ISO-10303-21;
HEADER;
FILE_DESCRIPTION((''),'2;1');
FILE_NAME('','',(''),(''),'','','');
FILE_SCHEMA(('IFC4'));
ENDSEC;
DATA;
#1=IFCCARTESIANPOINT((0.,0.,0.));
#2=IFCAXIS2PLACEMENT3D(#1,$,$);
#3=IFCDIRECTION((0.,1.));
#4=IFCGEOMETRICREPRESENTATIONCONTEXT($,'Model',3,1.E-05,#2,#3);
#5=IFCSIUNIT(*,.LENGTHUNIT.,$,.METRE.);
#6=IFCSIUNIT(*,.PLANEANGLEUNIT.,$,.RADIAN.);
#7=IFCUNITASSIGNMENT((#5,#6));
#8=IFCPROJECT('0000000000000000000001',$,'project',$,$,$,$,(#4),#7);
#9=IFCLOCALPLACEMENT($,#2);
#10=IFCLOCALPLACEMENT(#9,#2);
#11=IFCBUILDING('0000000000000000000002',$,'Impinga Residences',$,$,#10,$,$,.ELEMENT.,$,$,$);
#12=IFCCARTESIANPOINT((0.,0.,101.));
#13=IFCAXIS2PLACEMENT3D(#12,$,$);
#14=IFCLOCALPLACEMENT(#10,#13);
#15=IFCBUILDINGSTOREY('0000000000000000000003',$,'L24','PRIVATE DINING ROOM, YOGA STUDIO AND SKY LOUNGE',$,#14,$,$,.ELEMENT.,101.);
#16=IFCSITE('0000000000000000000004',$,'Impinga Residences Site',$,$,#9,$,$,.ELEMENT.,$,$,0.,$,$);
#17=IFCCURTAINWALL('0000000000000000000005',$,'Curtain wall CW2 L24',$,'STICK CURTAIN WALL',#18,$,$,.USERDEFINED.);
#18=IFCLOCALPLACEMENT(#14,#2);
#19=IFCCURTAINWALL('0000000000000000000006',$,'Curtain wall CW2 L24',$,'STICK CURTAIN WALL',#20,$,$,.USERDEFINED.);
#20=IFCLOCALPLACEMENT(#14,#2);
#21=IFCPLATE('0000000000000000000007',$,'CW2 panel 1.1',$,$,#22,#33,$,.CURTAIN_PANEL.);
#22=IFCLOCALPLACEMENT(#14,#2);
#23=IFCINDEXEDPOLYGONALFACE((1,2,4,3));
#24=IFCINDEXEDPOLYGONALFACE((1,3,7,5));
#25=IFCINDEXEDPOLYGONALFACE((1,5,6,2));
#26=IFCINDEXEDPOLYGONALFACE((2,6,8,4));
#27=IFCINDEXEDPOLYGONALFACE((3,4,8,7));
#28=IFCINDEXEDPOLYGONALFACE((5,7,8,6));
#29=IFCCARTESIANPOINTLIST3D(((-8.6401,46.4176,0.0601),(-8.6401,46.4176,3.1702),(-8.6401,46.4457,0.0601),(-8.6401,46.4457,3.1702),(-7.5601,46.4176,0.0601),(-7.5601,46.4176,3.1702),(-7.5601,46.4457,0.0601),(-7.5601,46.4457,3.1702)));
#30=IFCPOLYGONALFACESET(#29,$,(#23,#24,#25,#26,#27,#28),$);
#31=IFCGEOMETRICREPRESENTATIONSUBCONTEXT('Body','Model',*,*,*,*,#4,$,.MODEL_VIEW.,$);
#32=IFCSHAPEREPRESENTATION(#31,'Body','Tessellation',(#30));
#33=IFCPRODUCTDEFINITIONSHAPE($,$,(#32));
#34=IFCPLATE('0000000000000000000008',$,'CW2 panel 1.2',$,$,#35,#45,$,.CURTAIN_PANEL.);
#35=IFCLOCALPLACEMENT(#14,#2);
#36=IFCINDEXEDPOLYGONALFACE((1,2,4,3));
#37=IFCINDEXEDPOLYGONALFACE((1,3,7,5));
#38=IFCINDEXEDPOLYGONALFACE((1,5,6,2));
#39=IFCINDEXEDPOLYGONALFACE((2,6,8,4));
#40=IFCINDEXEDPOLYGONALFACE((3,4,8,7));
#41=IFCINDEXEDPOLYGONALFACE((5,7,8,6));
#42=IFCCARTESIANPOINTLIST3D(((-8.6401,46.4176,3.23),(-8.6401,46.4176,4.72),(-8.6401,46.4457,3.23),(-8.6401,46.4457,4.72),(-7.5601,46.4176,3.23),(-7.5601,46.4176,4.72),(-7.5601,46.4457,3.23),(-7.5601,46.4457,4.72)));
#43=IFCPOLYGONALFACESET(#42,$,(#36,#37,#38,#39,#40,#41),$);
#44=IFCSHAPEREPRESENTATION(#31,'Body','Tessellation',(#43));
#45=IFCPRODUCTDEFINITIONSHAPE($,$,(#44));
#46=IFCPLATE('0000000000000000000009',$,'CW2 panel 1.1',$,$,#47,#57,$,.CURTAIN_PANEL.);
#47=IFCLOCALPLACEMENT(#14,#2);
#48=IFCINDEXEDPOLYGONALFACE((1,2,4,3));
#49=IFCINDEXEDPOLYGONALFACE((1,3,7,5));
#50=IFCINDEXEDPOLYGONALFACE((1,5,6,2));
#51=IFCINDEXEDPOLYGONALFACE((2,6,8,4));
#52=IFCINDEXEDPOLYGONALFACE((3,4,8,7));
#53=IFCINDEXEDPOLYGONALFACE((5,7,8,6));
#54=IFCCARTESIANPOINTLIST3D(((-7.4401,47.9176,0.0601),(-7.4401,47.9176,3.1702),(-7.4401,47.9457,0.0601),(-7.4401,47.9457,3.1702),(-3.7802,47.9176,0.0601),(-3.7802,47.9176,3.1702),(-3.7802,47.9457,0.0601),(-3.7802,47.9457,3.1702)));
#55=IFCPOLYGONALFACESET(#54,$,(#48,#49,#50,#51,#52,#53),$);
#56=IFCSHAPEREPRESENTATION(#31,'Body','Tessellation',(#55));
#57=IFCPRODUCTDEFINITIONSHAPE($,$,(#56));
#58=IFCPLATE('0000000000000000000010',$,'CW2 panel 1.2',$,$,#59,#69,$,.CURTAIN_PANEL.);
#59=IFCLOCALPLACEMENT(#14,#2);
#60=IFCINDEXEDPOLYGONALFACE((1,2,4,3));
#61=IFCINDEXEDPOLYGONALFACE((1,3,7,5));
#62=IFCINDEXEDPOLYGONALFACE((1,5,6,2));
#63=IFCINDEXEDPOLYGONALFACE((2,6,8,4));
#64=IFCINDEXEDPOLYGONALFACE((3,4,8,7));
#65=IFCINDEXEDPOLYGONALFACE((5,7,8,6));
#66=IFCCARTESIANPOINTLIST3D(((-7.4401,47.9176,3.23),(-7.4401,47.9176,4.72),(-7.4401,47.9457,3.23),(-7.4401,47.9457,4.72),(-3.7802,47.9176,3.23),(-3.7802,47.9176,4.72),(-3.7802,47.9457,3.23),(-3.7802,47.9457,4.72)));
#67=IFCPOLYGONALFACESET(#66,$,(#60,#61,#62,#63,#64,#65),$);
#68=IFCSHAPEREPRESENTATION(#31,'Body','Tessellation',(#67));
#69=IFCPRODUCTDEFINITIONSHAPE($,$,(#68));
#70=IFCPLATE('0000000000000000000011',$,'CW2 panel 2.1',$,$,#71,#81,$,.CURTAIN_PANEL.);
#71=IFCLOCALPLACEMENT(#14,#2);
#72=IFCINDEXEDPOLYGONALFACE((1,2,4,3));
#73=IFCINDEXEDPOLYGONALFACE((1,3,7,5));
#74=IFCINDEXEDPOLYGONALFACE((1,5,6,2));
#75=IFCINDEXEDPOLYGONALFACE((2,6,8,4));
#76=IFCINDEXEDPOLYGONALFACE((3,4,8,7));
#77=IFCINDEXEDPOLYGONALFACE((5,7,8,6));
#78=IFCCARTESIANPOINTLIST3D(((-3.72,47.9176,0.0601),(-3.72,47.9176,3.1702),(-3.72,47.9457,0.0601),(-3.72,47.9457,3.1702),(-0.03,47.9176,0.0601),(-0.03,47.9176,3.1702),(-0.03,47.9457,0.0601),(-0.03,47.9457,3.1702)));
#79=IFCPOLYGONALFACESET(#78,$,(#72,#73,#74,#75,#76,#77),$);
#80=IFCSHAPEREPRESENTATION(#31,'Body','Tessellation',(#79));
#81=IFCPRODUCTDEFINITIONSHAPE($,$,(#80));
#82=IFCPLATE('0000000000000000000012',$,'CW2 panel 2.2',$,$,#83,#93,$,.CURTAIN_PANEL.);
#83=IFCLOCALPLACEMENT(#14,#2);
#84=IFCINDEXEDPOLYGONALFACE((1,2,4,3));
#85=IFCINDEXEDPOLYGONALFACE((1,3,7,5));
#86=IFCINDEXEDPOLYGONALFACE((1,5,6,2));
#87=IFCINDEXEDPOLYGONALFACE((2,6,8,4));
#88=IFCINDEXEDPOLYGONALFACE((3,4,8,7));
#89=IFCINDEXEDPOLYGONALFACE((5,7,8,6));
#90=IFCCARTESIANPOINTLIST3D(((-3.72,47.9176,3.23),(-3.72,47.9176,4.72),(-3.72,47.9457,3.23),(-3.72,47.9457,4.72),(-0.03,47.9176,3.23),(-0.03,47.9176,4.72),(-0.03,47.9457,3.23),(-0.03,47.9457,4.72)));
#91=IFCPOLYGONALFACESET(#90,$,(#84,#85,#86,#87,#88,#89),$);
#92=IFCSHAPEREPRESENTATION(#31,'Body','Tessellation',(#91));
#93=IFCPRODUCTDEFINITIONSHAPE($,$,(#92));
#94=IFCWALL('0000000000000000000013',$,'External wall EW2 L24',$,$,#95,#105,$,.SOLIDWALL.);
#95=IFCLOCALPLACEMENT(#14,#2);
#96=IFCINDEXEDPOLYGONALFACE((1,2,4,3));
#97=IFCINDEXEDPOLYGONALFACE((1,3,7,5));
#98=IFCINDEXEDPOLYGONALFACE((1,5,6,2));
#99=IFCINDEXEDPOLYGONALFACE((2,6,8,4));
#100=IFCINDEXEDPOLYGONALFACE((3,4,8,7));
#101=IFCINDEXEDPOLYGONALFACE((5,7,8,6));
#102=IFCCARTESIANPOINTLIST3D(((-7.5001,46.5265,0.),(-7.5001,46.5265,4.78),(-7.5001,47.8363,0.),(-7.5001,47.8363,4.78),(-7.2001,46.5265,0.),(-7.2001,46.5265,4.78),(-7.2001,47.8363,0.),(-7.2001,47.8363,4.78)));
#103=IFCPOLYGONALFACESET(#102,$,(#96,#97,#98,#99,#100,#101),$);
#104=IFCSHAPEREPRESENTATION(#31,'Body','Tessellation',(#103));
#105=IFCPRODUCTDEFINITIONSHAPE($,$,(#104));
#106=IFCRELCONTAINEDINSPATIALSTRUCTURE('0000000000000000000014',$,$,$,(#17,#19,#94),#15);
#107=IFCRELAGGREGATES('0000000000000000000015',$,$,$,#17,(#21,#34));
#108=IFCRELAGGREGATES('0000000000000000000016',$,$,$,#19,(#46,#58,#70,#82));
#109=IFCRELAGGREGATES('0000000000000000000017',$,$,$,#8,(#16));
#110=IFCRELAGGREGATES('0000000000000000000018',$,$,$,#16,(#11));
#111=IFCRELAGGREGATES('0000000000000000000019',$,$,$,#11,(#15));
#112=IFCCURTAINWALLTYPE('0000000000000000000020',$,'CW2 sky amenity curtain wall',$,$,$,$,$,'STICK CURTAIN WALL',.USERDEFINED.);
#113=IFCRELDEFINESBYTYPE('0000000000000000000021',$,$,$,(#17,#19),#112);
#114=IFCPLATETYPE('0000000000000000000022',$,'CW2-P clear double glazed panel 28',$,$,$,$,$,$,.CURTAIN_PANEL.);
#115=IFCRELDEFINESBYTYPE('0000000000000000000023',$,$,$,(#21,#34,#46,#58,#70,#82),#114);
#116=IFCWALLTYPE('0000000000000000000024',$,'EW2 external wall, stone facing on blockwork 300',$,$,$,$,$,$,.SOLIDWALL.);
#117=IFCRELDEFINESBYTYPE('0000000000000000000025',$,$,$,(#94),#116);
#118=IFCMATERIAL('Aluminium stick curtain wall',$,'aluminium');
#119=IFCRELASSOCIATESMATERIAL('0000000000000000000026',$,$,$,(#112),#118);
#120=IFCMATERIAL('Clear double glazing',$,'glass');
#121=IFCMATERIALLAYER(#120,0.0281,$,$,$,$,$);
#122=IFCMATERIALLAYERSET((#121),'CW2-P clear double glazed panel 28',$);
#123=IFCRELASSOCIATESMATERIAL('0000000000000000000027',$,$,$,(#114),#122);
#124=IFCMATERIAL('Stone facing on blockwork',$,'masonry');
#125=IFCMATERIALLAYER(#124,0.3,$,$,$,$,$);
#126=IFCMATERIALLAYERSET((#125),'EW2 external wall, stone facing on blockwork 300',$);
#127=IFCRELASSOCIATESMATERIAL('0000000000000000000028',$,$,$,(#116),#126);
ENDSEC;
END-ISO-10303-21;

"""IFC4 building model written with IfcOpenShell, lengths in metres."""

from ifc_helpers import new_model, si_unit, direction, frame, frame_2d, origin, origin_2d, place, context, subcontext, project, spatial, rectangle, extrude, material, layer, layer_set, type_object, element, aggregate, save


model = new_model("IFC4")

# Units and contexts
model_context = context("Model", 3, precision=1e-05, world=origin(), true_north=direction((0.0, 1.0)))
body_context = subcontext(model_context, "Body", "Model", "MODEL_VIEW")
ifc_project = project(units=[si_unit("LENGTHUNIT", "METRE"), si_unit("PLANEANGLEUNIT", "RADIAN")], contexts=[model_context])

# Site, building, storey
site_placement = place(None, origin())
site = spatial("IfcSite", under=ifc_project, at=site_placement, Name="Impinga Residences Site", CompositionType="ELEMENT", RefElevation=0.0)
building_placement = place(site_placement, origin())
building = spatial("IfcBuilding", under=site, at=building_placement, Name="Impinga Residences", CompositionType="ELEMENT")
storey_placement = place(building_placement, frame((0.0, 0.0, 101.0)))
storey = spatial("IfcBuildingStorey", under=building, at=storey_placement, Name="L24", Description="PRIVATE DINING ROOM, YOGA STUDIO AND SKY LOUNGE", CompositionType="ELEMENT", Elevation=101.0)

# Curtain wall
ifc_material_1 = material(Name="Aluminium stick curtain wall", Category="aluminium")
curtain_wall_type = type_object("IfcCurtainWallType", Name="CW2 sky amenity curtain wall", ElementType="STICK CURTAIN WALL", PredefinedType="USERDEFINED", material=ifc_material_1)
curtain_wall_1_placement = place(storey_placement, origin())
curtain_wall_1 = element("IfcCurtainWall", 1, at=curtain_wall_1_placement, inside=storey, type_object=curtain_wall_type, Name="Curtain wall CW2 L24", ObjectType="STICK CURTAIN WALL", PredefinedType="USERDEFINED")

# Curtain wall
curtain_wall_2_placement = place(storey_placement, origin())
curtain_wall_2 = element("IfcCurtainWall", 2, at=curtain_wall_2_placement, inside=storey, type_object=curtain_wall_type, Name="Curtain wall CW2 L24", ObjectType="STICK CURTAIN WALL", PredefinedType="USERDEFINED")

# Plates
ifc_material_2 = material(Name="Clear double glazing", Category="glass")
ifc_layer_1 = layer(ifc_material_2, 0.0281)
ifc_layer_set_1 = layer_set([ifc_layer_1], Name="CW2-P clear double glazed panel 28")
plate_type = type_object("IfcPlateType", Name="CW2-P clear double glazed panel 28", PredefinedType="CURTAIN_PANEL", material=ifc_layer_set_1)
plate_1_placement = place(storey_placement, frame((-8.1001, 46.4316, 0.0601), z_axis=(0.0, 0.0, 1.0), x_axis=(1.0, 0.0, 0.0)))
plate_1 = element("IfcPlate", 3, at=plate_1_placement, type_object=plate_type, Name="CW2 panel 1.1", PredefinedType="CURTAIN_PANEL", context=body_context, shape_type="SweptSolid", body=[
    extrude(rectangle(XDim=1.0801, YDim=0.0281, at=origin_2d()), origin(), (0.0, 0.0, 1.0), 3.1101),
])
plate_2_placement = place(storey_placement, frame((-8.1001, 46.4316, 3.23), z_axis=(0.0, 0.0, 1.0), x_axis=(1.0, 0.0, 0.0)))
plate_2 = element("IfcPlate", 4, at=plate_2_placement, type_object=plate_type, Name="CW2 panel 1.2", PredefinedType="CURTAIN_PANEL", context=body_context, shape_type="SweptSolid", body=[
    extrude(rectangle(XDim=1.0801, YDim=0.0281, at=origin_2d()), origin(), (0.0, 0.0, 1.0), 1.49),
])
aggregate(curtain_wall_1, [plate_1, plate_2])
plate_3_placement = place(storey_placement, frame((-5.6101, 47.9316, 0.0601), z_axis=(0.0, 0.0, 1.0), x_axis=(1.0, 0.0, 0.0)))
plate_3 = element("IfcPlate", 5, at=plate_3_placement, type_object=plate_type, Name="CW2 panel 1.1", PredefinedType="CURTAIN_PANEL", context=body_context, shape_type="SweptSolid", body=[
    extrude(rectangle(XDim=3.6599, YDim=0.0281, at=origin_2d()), origin(), (0.0, 0.0, 1.0), 3.1101),
])
plate_4_placement = place(storey_placement, frame((-5.6101, 47.9316, 3.23), z_axis=(0.0, 0.0, 1.0), x_axis=(1.0, 0.0, 0.0)))
plate_4 = element("IfcPlate", 6, at=plate_4_placement, type_object=plate_type, Name="CW2 panel 1.2", PredefinedType="CURTAIN_PANEL", context=body_context, shape_type="SweptSolid", body=[
    extrude(rectangle(XDim=3.6599, YDim=0.0281, at=origin_2d()), origin(), (0.0, 0.0, 1.0), 1.49),
])
plate_5_placement = place(storey_placement, frame((-1.875, 47.9316, 0.0601), z_axis=(0.0, 0.0, 1.0), x_axis=(1.0, 0.0, 0.0)))
plate_5 = element("IfcPlate", 7, at=plate_5_placement, type_object=plate_type, Name="CW2 panel 2.1", PredefinedType="CURTAIN_PANEL", context=body_context, shape_type="SweptSolid", body=[
    extrude(rectangle(XDim=3.6899, YDim=0.0281, at=origin_2d()), origin(), (0.0, 0.0, 1.0), 3.1101),
])
plate_6_placement = place(storey_placement, frame((-1.875, 47.9316, 3.23), z_axis=(0.0, 0.0, 1.0), x_axis=(1.0, 0.0, 0.0)))
plate_6 = element("IfcPlate", 8, at=plate_6_placement, type_object=plate_type, Name="CW2 panel 2.2", PredefinedType="CURTAIN_PANEL", context=body_context, shape_type="SweptSolid", body=[
    extrude(rectangle(XDim=3.6899, YDim=0.0281, at=origin_2d()), origin(), (0.0, 0.0, 1.0), 1.49),
])
aggregate(curtain_wall_2, [plate_3, plate_4, plate_5, plate_6])

# Wall
ifc_material_3 = material(Name="Stone facing on blockwork", Category="masonry")
ifc_layer_2 = layer(ifc_material_3, 0.3)
ifc_layer_set_2 = layer_set([ifc_layer_2], Name="EW2 external wall, stone facing on blockwork 300")
wall_type = type_object("IfcWallType", Name="EW2 external wall, stone facing on blockwork 300", PredefinedType="SOLIDWALL", material=ifc_layer_set_2)
wall_placement = place(storey_placement, frame((-7.3501, 46.5266, 0.0), z_axis=(0.0, 0.0, 1.0), x_axis=(0.0, 1.0, 0.0)))
element("IfcWall", 9, at=wall_placement, inside=storey, type_object=wall_type, Name="External wall EW2 L24", PredefinedType="SOLIDWALL", context=body_context, shape_type="SweptSolid", body=[
    extrude(rectangle(XDim=1.3098, YDim=0.3, at=frame_2d((0.6548, 0.0))), origin(), (0.0, 0.0, 1.0), 4.78),
])

save(model, "model.ifc")
